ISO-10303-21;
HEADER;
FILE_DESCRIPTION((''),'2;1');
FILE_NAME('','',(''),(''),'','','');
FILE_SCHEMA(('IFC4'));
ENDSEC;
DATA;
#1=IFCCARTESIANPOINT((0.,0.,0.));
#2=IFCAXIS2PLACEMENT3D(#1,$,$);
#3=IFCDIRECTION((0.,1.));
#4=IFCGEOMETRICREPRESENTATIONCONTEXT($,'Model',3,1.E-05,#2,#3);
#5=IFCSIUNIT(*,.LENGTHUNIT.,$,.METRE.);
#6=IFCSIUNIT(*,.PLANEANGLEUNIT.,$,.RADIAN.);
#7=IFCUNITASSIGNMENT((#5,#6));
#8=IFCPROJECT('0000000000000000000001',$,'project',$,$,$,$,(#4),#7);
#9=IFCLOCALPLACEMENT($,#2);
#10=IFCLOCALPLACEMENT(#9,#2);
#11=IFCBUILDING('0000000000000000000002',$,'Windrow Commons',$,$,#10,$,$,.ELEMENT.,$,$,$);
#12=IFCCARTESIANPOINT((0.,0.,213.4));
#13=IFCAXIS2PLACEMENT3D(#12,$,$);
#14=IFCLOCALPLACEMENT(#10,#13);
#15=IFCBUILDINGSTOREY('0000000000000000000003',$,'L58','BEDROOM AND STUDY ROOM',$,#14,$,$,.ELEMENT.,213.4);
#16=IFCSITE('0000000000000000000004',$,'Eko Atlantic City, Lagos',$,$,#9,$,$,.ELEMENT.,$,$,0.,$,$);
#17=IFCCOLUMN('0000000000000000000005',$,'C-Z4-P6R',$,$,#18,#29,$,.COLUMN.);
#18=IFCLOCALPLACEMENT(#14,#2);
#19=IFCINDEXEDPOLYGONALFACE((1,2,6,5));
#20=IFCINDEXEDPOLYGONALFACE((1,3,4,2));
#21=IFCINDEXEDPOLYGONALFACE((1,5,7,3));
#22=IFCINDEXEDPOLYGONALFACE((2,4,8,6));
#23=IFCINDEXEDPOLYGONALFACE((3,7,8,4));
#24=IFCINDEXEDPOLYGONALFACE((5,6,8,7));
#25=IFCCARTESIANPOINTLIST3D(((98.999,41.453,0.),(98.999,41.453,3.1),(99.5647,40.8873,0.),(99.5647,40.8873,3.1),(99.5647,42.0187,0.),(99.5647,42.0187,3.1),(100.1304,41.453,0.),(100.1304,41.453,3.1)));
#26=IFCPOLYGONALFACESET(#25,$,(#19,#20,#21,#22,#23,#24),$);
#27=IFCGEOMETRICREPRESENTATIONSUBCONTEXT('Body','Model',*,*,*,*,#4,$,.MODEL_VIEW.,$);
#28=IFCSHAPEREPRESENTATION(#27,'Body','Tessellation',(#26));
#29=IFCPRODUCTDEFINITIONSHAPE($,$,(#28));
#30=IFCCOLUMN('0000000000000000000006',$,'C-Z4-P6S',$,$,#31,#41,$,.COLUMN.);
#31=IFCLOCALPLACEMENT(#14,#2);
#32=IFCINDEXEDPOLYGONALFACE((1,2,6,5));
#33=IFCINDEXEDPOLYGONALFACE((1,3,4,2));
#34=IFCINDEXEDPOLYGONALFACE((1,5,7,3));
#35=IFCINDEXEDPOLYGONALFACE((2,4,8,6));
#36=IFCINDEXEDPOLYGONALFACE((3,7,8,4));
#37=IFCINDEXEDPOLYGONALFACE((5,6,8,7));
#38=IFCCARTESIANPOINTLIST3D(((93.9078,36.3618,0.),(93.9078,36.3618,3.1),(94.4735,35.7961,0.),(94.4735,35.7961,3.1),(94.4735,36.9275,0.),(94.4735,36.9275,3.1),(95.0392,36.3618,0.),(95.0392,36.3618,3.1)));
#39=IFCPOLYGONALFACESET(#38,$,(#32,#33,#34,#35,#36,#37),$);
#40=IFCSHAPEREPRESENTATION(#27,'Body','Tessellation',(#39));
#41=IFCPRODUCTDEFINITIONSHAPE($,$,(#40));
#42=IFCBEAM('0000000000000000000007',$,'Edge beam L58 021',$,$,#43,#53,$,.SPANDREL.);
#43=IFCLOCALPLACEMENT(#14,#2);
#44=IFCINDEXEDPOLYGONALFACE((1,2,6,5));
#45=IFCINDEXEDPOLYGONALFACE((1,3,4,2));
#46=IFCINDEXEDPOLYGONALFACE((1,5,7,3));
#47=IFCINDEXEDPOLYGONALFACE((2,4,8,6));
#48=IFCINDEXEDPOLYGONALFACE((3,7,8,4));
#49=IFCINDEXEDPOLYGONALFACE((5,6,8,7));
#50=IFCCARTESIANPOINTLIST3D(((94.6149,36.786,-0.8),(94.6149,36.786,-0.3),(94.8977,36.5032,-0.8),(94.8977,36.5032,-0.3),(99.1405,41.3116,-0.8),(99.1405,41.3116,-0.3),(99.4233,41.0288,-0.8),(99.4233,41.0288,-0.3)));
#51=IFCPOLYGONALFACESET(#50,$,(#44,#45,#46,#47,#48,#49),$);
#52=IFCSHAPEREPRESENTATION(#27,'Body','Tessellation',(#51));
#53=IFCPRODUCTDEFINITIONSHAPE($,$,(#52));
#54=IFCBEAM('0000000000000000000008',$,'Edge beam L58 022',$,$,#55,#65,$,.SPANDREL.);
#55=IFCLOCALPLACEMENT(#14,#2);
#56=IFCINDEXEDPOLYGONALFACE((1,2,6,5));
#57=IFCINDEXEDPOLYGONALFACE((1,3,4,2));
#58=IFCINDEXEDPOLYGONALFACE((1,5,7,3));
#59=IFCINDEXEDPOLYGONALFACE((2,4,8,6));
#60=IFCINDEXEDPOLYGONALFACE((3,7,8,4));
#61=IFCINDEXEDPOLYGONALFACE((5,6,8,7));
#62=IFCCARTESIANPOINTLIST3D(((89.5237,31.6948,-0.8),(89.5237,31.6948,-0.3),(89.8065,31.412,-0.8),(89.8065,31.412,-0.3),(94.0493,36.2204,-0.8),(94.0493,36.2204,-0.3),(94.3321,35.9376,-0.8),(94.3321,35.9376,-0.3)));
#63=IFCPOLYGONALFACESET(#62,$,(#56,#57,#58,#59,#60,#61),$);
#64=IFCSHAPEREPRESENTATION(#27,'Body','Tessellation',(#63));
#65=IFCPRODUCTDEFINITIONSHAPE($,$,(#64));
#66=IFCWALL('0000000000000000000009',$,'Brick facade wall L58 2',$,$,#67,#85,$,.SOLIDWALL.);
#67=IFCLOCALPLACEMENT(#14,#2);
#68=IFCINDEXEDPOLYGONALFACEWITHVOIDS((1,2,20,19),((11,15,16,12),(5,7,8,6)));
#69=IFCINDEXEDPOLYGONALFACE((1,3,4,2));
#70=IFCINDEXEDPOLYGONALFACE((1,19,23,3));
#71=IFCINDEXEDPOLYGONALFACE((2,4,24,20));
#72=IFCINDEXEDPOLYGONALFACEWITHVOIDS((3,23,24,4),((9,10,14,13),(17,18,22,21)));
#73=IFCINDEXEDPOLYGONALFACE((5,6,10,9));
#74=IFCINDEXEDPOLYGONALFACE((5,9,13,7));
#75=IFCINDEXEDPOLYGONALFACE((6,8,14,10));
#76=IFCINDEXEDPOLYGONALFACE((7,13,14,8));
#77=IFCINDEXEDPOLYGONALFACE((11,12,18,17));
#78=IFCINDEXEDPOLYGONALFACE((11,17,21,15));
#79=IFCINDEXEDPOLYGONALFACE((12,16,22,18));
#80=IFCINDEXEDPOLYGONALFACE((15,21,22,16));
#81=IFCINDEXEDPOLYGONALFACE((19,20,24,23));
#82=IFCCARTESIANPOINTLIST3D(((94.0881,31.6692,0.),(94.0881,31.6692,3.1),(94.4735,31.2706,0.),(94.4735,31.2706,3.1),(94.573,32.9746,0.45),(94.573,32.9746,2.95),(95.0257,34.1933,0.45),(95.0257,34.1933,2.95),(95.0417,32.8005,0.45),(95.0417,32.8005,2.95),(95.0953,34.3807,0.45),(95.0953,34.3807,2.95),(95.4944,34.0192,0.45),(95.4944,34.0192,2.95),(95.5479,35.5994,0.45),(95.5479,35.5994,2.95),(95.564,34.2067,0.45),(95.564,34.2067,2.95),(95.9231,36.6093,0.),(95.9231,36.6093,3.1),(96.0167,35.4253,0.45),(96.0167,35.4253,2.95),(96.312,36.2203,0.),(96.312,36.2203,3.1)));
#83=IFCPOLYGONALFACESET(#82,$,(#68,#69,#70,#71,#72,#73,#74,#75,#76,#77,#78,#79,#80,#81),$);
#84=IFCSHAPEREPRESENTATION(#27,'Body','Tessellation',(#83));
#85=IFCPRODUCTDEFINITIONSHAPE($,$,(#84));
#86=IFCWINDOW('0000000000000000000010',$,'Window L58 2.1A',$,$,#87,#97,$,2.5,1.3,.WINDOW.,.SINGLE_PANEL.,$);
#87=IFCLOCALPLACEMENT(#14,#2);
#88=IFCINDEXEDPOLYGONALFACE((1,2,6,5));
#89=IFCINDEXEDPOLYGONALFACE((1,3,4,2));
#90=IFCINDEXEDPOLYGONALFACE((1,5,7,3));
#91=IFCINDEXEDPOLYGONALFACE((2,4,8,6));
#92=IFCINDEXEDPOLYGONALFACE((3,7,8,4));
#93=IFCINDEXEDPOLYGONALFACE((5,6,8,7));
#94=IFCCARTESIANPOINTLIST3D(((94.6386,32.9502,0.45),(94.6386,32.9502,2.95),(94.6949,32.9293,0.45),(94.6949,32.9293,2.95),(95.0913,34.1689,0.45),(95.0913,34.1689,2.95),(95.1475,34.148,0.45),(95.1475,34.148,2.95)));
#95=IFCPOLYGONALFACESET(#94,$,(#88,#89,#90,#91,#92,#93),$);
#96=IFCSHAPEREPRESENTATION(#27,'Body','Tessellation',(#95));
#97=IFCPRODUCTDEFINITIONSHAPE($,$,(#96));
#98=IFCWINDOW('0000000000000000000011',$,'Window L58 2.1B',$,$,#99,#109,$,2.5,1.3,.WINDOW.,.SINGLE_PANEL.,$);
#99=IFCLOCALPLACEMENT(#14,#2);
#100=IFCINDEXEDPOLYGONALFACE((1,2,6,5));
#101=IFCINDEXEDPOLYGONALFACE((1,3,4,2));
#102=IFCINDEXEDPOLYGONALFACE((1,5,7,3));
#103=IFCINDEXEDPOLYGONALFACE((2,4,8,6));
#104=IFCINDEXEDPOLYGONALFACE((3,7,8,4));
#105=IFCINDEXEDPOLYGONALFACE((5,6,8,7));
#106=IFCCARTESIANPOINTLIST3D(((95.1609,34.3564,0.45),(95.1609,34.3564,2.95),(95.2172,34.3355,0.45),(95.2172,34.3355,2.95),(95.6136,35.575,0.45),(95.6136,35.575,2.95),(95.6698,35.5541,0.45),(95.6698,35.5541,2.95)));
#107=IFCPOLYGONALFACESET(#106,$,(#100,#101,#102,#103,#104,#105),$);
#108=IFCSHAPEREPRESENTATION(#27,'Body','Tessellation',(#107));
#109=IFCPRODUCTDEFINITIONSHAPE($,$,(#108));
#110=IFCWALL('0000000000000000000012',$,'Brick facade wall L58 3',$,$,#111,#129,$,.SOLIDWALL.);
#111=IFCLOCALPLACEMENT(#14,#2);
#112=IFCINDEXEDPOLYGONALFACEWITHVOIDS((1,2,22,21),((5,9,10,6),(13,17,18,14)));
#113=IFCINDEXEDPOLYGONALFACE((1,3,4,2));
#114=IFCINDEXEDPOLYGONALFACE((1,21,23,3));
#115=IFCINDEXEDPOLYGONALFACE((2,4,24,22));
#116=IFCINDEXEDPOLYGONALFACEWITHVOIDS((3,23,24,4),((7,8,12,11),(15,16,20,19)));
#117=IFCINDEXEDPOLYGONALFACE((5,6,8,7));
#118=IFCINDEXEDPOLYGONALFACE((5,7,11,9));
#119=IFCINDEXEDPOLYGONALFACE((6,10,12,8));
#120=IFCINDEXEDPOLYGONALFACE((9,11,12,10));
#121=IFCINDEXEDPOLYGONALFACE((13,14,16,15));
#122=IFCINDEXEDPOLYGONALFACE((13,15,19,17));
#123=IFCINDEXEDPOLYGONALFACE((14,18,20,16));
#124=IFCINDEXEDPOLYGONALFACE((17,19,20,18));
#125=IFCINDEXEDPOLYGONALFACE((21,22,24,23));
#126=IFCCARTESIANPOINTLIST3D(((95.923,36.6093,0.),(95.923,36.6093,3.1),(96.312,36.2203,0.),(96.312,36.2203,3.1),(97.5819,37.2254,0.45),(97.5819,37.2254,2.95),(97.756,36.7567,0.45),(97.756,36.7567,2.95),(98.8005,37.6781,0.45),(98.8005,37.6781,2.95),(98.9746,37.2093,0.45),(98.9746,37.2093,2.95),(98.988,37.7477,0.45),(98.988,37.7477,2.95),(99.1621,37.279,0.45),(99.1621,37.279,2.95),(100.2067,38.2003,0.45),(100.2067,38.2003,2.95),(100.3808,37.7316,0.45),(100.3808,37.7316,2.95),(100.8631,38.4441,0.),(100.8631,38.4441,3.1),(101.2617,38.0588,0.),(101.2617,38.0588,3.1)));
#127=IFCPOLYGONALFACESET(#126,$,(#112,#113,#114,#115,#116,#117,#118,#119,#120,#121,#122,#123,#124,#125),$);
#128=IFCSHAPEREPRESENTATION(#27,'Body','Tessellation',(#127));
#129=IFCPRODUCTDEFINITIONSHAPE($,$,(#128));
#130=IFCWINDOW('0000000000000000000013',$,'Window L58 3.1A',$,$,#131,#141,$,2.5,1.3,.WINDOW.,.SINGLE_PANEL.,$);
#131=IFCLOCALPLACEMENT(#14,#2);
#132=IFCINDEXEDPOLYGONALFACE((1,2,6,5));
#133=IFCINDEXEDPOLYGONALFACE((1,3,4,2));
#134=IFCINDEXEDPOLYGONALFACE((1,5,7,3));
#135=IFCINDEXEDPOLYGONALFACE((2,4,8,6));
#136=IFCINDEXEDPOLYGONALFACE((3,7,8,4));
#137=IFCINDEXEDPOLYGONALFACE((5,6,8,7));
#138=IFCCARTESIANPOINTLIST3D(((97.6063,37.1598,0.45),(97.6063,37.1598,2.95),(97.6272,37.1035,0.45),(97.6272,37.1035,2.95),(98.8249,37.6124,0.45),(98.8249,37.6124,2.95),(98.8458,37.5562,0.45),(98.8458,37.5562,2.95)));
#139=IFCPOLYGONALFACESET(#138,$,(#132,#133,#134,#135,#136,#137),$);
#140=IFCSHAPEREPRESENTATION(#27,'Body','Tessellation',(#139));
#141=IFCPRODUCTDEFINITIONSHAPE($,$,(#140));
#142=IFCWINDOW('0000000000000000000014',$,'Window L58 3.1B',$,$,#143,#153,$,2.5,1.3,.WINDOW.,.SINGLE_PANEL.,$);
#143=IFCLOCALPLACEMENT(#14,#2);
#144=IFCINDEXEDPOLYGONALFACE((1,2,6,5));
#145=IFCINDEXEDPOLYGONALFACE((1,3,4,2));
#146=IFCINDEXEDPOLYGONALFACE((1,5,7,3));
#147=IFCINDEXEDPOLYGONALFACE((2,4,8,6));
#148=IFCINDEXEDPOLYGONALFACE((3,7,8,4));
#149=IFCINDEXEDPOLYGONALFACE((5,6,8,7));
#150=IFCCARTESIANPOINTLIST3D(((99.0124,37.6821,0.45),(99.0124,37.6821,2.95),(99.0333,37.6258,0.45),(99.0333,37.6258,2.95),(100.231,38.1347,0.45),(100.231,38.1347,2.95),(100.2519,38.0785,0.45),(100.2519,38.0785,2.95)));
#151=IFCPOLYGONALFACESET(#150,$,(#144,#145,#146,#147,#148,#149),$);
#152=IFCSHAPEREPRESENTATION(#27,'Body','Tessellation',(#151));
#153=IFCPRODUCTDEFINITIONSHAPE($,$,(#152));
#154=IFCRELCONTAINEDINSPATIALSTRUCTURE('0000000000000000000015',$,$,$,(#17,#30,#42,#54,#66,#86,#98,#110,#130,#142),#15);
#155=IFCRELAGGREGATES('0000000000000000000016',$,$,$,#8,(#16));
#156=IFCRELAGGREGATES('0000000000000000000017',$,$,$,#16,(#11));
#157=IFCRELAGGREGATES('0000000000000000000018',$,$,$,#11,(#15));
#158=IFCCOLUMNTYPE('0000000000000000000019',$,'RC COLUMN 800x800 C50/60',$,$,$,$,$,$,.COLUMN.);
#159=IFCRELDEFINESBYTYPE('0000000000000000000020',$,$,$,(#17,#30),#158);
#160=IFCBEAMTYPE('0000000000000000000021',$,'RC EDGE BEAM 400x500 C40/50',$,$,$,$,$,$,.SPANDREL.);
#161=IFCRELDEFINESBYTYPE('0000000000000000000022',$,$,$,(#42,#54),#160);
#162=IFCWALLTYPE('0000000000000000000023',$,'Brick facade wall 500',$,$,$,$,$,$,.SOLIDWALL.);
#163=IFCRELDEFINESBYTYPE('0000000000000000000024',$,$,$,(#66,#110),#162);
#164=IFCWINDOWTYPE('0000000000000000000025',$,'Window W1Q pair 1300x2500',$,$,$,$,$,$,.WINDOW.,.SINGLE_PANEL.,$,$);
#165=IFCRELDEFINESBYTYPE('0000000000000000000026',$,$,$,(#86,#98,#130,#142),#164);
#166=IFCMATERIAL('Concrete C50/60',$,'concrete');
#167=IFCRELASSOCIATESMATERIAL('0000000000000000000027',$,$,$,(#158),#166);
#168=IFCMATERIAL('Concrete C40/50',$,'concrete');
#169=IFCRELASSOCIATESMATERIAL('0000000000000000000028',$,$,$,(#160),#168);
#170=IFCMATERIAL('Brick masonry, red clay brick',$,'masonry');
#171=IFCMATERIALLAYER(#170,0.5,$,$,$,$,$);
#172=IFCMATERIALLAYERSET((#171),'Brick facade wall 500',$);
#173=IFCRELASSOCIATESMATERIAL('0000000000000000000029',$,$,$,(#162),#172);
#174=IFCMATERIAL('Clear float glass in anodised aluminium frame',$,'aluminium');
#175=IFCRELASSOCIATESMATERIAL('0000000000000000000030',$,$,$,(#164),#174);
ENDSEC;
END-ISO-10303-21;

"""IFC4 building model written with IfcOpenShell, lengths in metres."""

from ifc_helpers import new_model, si_unit, direction, frame, frame_2d, origin, origin_2d, place, context, subcontext, project, spatial, polyline, rectangle, outline, extrude, material, layer, layer_set, material_profile, profile_set, type_object, element, fill, save


model = new_model("IFC4")

# Units and contexts
model_context = context("Model", 3, precision=1e-05, world=origin(), true_north=direction((0.0, 1.0)))
body_context = subcontext(model_context, "Body", "Model", "MODEL_VIEW")
ifc_project = project(units=[si_unit("LENGTHUNIT", "METRE"), si_unit("PLANEANGLEUNIT", "RADIAN")], contexts=[model_context])

# Site, building, storey
site_placement = place(None, origin())
site = spatial("IfcSite", under=ifc_project, at=site_placement, Name="Eko Atlantic City, Lagos", CompositionType="ELEMENT", RefElevation=0.0)
building_placement = place(site_placement, origin())
building = spatial("IfcBuilding", under=site, at=building_placement, Name="Windrow Commons", CompositionType="ELEMENT")
storey_placement = place(building_placement, frame((0.0, 0.0, 213.4)))
storey = spatial("IfcBuildingStorey", under=building, at=storey_placement, Name="L58", Description="BEDROOM AND STUDY ROOM", CompositionType="ELEMENT", Elevation=213.4)

# Columns
ifc_material_1 = material(Name="Concrete C50/60", Category="concrete")
ifc_material_profile_1 = material_profile(ifc_material_1, rectangle(XDim=0.8, YDim=0.8, at=origin_2d()))
ifc_profile_set_1 = profile_set([ifc_material_profile_1], Name="Concrete C50/60")
column_type = type_object("IfcColumnType", Name="RC COLUMN 800x800 C50/60", PredefinedType="COLUMN", material=ifc_profile_set_1)
for number, where, z_axis, x_axis, name in (
    (1, (99.5647, 41.453, 0.0), (0.0, 0.0, 1.0), (0.707107, -0.707107, 0.0), "C-Z4-P6R"),
    (2, (94.4735, 36.3618, 0.0), (0.0, 0.0, 1.0), (0.707107, -0.707107, 0.0), "C-Z4-P6S"),
):
    element("IfcColumn", number, at=place(storey_placement, frame(where, z_axis=z_axis, x_axis=x_axis)), inside=storey, type_object=column_type, Name=name, PredefinedType="COLUMN", context=body_context, shape_type="SweptSolid", body=[
        extrude(rectangle(XDim=0.8, YDim=0.8, at=origin_2d()), origin(), (0.0, 0.0, 1.0), 3.1),
    ])

# Beams
ifc_material_2 = material(Name="Concrete C40/50", Category="concrete")
ifc_material_profile_2 = material_profile(ifc_material_2, rectangle(XDim=0.4, YDim=0.5, at=origin_2d()))
ifc_profile_set_2 = profile_set([ifc_material_profile_2], Name="Concrete C40/50")
beam_type = type_object("IfcBeamType", Name="RC EDGE BEAM 400x500 C40/50", PredefinedType="SPANDREL", material=ifc_profile_set_2)
for number, where, z_axis, x_axis, name in (
    (3, (99.2819, 41.1702, -0.55), (-0.707107, -0.707107, 0.0), (0.707107, -0.707107, 0.0), "Edge beam L58 021"),
    (4, (94.1907, 36.079, -0.55), (-0.707107, -0.707107, 0.0), (0.707107, -0.707107, 0.0), "Edge beam L58 022"),
):
    element("IfcBeam", number, at=place(storey_placement, frame(where, z_axis=z_axis, x_axis=x_axis)), inside=storey, type_object=beam_type, Name=name, PredefinedType="SPANDREL", context=body_context, shape_type="SweptSolid", body=[
        extrude(rectangle(XDim=0.4, YDim=0.5, at=origin_2d()), origin(), (0.0, 0.0, 1.0), 6.4002),
    ])

# Walls, openings, windows
ifc_material_3 = material(Name="Brick masonry, red clay brick", Category="masonry")
ifc_layer_1 = layer(ifc_material_3, 0.5)
ifc_layer_set_1 = layer_set([ifc_layer_1], Name="Brick facade wall 500")
wall_type_1 = type_object("IfcWallType", Name="Brick facade wall 500", PredefinedType="SOLIDWALL", material=ifc_layer_set_1)
wall_1_placement = place(storey_placement, frame((94.2808, 31.4699, 0.0), z_axis=(0.0, 0.0, 1.0), x_axis=(0.34819, 0.937424, 0.0)))
wall_1 = element("IfcWall", 5, at=wall_1_placement, inside=storey, type_object=wall_type_1, Name="Brick facade wall L58 2", PredefinedType="SOLIDWALL", context=body_context, shape_type="SweptSolid", body=[
    extrude(outline(polyline([(-0.1197, -0.25), (5.1604, -0.25), (5.3896, 0.25), (0.1197, 0.25), (-0.1197, -0.25)])), origin(), (0.0, 0.0, 1.0), 3.1),
])
opening_1_placement = place(wall_1_placement, frame((1.5123, 0.0, 0.45)))
opening_1 = element("IfcOpeningElement", 6, at=opening_1_placement, cuts=wall_1, PredefinedType="OPENING", context=body_context, shape_type="SweptSolid", body=[
    extrude(rectangle(XDim=1.3, YDim=2.5, at=frame_2d((0.65, 1.25))), frame((0.0, 0.26, 0.0), z_axis=(0.0, -1.0, 0.0), x_axis=(1.0, 0.0, 0.0)), (0.0, 0.0, 1.0), 0.52),
])
opening_2_placement = place(wall_1_placement, frame((3.0123, 0.0, 0.45)))
opening_2 = element("IfcOpeningElement", 7, at=opening_2_placement, cuts=wall_1, PredefinedType="OPENING", context=body_context, shape_type="SweptSolid", body=[
    extrude(rectangle(XDim=1.3, YDim=2.5, at=frame_2d((0.65, 1.25))), frame((0.0, 0.26, 0.0), z_axis=(0.0, -1.0, 0.0), x_axis=(1.0, 0.0, 0.0)), (0.0, 0.0, 1.0), 0.52),
])
ifc_material_4 = material(Name="Clear float glass in anodised aluminium frame", Category="aluminium")
window_type = type_object("IfcWindowType", Name="Window W1Q pair 1300x2500", PartitioningType="SINGLE_PANEL", PredefinedType="WINDOW", material=ifc_material_4)
window_1_placement = place(opening_1_placement, origin())
window_1 = element("IfcWindow", 8, at=window_1_placement, inside=storey, type_object=window_type, Name="Window L58 2.1A", OverallHeight=2.5, OverallWidth=1.3, PartitioningType="SINGLE_PANEL", PredefinedType="WINDOW", context=body_context, shape_type="SweptSolid", body=[
    extrude(rectangle(XDim=1.3, YDim=2.5, at=frame_2d((0.65, 1.25))), frame((0.0, 0.18, 0.0), z_axis=(0.0, -1.0, 0.0), x_axis=(1.0, 0.0, 0.0)), (0.0, 0.0, 1.0), 0.06),
])
fill(opening_1, window_1)
window_2_placement = place(opening_2_placement, origin())
window_2 = element("IfcWindow", 9, at=window_2_placement, inside=storey, type_object=window_type, Name="Window L58 2.1B", OverallHeight=2.5, OverallWidth=1.3, PartitioningType="SINGLE_PANEL", PredefinedType="WINDOW", context=body_context, shape_type="SweptSolid", body=[
    extrude(rectangle(XDim=1.3, YDim=2.5, at=frame_2d((0.65, 1.25))), frame((0.0, 0.18, 0.0), z_axis=(0.0, -1.0, 0.0), x_axis=(1.0, 0.0, 0.0)), (0.0, 0.0, 1.0), 0.06),
])
fill(opening_2, window_2)
wall_2_placement = place(storey_placement, frame((96.1175, 36.4148, 0.0), z_axis=(0.0, 0.0, 1.0), x_axis=(0.937424, 0.34819, 0.0)))
wall_2 = element("IfcWall", 10, at=wall_2_placement, inside=storey, type_object=wall_type_1, Name="Brick facade wall L58 3", PredefinedType="SOLIDWALL", context=body_context, shape_type="SweptSolid", body=[
    extrude(outline(polyline([(0.1146, -0.25), (5.3947, -0.25), (5.1552, 0.25), (-0.1146, 0.25), (0.1146, -0.25)])), origin(), (0.0, 0.0, 1.0), 3.1),
])
opening_3_placement = place(wall_2_placement, frame((1.655, 0.0, 0.45)))
opening_3 = element("IfcOpeningElement", 11, at=opening_3_placement, cuts=wall_2, PredefinedType="OPENING", context=body_context, shape_type="SweptSolid", body=[
    extrude(rectangle(XDim=1.3, YDim=2.5, at=frame_2d((0.65, 1.25))), frame((0.0, 0.26, 0.0), z_axis=(0.0, -1.0, 0.0), x_axis=(1.0, 0.0, 0.0)), (0.0, 0.0, 1.0), 0.52),
])
opening_4_placement = place(wall_2_placement, frame((3.155, 0.0, 0.45)))
opening_4 = element("IfcOpeningElement", 12, at=opening_4_placement, cuts=wall_2, PredefinedType="OPENING", context=body_context, shape_type="SweptSolid", body=[
    extrude(rectangle(XDim=1.3, YDim=2.5, at=frame_2d((0.65, 1.25))), frame((0.0, 0.26, 0.0), z_axis=(0.0, -1.0, 0.0), x_axis=(1.0, 0.0, 0.0)), (0.0, 0.0, 1.0), 0.52),
])
window_3_placement = place(opening_3_placement, origin())
window_3 = element("IfcWindow", 13, at=window_3_placement, inside=storey, type_object=window_type, Name="Window L58 3.1A", OverallHeight=2.5, OverallWidth=1.3, PartitioningType="SINGLE_PANEL", PredefinedType="WINDOW", context=body_context, shape_type="SweptSolid", body=[
    extrude(rectangle(XDim=1.3, YDim=2.5, at=frame_2d((0.65, 1.25))), frame((0.0, 0.18, 0.0), z_axis=(0.0, -1.0, 0.0), x_axis=(1.0, 0.0, 0.0)), (0.0, 0.0, 1.0), 0.06),
])
fill(opening_3, window_3)
window_4_placement = place(opening_4_placement, origin())
window_4 = element("IfcWindow", 14, at=window_4_placement, inside=storey, type_object=window_type, Name="Window L58 3.1B", OverallHeight=2.5, OverallWidth=1.3, PartitioningType="SINGLE_PANEL", PredefinedType="WINDOW", context=body_context, shape_type="SweptSolid", body=[
    extrude(rectangle(XDim=1.3, YDim=2.5, at=frame_2d((0.65, 1.25))), frame((0.0, 0.18, 0.0), z_axis=(0.0, -1.0, 0.0), x_axis=(1.0, 0.0, 0.0)), (0.0, 0.0, 1.0), 0.06),
])
fill(opening_4, window_4)

save(model, "model.ifc")
